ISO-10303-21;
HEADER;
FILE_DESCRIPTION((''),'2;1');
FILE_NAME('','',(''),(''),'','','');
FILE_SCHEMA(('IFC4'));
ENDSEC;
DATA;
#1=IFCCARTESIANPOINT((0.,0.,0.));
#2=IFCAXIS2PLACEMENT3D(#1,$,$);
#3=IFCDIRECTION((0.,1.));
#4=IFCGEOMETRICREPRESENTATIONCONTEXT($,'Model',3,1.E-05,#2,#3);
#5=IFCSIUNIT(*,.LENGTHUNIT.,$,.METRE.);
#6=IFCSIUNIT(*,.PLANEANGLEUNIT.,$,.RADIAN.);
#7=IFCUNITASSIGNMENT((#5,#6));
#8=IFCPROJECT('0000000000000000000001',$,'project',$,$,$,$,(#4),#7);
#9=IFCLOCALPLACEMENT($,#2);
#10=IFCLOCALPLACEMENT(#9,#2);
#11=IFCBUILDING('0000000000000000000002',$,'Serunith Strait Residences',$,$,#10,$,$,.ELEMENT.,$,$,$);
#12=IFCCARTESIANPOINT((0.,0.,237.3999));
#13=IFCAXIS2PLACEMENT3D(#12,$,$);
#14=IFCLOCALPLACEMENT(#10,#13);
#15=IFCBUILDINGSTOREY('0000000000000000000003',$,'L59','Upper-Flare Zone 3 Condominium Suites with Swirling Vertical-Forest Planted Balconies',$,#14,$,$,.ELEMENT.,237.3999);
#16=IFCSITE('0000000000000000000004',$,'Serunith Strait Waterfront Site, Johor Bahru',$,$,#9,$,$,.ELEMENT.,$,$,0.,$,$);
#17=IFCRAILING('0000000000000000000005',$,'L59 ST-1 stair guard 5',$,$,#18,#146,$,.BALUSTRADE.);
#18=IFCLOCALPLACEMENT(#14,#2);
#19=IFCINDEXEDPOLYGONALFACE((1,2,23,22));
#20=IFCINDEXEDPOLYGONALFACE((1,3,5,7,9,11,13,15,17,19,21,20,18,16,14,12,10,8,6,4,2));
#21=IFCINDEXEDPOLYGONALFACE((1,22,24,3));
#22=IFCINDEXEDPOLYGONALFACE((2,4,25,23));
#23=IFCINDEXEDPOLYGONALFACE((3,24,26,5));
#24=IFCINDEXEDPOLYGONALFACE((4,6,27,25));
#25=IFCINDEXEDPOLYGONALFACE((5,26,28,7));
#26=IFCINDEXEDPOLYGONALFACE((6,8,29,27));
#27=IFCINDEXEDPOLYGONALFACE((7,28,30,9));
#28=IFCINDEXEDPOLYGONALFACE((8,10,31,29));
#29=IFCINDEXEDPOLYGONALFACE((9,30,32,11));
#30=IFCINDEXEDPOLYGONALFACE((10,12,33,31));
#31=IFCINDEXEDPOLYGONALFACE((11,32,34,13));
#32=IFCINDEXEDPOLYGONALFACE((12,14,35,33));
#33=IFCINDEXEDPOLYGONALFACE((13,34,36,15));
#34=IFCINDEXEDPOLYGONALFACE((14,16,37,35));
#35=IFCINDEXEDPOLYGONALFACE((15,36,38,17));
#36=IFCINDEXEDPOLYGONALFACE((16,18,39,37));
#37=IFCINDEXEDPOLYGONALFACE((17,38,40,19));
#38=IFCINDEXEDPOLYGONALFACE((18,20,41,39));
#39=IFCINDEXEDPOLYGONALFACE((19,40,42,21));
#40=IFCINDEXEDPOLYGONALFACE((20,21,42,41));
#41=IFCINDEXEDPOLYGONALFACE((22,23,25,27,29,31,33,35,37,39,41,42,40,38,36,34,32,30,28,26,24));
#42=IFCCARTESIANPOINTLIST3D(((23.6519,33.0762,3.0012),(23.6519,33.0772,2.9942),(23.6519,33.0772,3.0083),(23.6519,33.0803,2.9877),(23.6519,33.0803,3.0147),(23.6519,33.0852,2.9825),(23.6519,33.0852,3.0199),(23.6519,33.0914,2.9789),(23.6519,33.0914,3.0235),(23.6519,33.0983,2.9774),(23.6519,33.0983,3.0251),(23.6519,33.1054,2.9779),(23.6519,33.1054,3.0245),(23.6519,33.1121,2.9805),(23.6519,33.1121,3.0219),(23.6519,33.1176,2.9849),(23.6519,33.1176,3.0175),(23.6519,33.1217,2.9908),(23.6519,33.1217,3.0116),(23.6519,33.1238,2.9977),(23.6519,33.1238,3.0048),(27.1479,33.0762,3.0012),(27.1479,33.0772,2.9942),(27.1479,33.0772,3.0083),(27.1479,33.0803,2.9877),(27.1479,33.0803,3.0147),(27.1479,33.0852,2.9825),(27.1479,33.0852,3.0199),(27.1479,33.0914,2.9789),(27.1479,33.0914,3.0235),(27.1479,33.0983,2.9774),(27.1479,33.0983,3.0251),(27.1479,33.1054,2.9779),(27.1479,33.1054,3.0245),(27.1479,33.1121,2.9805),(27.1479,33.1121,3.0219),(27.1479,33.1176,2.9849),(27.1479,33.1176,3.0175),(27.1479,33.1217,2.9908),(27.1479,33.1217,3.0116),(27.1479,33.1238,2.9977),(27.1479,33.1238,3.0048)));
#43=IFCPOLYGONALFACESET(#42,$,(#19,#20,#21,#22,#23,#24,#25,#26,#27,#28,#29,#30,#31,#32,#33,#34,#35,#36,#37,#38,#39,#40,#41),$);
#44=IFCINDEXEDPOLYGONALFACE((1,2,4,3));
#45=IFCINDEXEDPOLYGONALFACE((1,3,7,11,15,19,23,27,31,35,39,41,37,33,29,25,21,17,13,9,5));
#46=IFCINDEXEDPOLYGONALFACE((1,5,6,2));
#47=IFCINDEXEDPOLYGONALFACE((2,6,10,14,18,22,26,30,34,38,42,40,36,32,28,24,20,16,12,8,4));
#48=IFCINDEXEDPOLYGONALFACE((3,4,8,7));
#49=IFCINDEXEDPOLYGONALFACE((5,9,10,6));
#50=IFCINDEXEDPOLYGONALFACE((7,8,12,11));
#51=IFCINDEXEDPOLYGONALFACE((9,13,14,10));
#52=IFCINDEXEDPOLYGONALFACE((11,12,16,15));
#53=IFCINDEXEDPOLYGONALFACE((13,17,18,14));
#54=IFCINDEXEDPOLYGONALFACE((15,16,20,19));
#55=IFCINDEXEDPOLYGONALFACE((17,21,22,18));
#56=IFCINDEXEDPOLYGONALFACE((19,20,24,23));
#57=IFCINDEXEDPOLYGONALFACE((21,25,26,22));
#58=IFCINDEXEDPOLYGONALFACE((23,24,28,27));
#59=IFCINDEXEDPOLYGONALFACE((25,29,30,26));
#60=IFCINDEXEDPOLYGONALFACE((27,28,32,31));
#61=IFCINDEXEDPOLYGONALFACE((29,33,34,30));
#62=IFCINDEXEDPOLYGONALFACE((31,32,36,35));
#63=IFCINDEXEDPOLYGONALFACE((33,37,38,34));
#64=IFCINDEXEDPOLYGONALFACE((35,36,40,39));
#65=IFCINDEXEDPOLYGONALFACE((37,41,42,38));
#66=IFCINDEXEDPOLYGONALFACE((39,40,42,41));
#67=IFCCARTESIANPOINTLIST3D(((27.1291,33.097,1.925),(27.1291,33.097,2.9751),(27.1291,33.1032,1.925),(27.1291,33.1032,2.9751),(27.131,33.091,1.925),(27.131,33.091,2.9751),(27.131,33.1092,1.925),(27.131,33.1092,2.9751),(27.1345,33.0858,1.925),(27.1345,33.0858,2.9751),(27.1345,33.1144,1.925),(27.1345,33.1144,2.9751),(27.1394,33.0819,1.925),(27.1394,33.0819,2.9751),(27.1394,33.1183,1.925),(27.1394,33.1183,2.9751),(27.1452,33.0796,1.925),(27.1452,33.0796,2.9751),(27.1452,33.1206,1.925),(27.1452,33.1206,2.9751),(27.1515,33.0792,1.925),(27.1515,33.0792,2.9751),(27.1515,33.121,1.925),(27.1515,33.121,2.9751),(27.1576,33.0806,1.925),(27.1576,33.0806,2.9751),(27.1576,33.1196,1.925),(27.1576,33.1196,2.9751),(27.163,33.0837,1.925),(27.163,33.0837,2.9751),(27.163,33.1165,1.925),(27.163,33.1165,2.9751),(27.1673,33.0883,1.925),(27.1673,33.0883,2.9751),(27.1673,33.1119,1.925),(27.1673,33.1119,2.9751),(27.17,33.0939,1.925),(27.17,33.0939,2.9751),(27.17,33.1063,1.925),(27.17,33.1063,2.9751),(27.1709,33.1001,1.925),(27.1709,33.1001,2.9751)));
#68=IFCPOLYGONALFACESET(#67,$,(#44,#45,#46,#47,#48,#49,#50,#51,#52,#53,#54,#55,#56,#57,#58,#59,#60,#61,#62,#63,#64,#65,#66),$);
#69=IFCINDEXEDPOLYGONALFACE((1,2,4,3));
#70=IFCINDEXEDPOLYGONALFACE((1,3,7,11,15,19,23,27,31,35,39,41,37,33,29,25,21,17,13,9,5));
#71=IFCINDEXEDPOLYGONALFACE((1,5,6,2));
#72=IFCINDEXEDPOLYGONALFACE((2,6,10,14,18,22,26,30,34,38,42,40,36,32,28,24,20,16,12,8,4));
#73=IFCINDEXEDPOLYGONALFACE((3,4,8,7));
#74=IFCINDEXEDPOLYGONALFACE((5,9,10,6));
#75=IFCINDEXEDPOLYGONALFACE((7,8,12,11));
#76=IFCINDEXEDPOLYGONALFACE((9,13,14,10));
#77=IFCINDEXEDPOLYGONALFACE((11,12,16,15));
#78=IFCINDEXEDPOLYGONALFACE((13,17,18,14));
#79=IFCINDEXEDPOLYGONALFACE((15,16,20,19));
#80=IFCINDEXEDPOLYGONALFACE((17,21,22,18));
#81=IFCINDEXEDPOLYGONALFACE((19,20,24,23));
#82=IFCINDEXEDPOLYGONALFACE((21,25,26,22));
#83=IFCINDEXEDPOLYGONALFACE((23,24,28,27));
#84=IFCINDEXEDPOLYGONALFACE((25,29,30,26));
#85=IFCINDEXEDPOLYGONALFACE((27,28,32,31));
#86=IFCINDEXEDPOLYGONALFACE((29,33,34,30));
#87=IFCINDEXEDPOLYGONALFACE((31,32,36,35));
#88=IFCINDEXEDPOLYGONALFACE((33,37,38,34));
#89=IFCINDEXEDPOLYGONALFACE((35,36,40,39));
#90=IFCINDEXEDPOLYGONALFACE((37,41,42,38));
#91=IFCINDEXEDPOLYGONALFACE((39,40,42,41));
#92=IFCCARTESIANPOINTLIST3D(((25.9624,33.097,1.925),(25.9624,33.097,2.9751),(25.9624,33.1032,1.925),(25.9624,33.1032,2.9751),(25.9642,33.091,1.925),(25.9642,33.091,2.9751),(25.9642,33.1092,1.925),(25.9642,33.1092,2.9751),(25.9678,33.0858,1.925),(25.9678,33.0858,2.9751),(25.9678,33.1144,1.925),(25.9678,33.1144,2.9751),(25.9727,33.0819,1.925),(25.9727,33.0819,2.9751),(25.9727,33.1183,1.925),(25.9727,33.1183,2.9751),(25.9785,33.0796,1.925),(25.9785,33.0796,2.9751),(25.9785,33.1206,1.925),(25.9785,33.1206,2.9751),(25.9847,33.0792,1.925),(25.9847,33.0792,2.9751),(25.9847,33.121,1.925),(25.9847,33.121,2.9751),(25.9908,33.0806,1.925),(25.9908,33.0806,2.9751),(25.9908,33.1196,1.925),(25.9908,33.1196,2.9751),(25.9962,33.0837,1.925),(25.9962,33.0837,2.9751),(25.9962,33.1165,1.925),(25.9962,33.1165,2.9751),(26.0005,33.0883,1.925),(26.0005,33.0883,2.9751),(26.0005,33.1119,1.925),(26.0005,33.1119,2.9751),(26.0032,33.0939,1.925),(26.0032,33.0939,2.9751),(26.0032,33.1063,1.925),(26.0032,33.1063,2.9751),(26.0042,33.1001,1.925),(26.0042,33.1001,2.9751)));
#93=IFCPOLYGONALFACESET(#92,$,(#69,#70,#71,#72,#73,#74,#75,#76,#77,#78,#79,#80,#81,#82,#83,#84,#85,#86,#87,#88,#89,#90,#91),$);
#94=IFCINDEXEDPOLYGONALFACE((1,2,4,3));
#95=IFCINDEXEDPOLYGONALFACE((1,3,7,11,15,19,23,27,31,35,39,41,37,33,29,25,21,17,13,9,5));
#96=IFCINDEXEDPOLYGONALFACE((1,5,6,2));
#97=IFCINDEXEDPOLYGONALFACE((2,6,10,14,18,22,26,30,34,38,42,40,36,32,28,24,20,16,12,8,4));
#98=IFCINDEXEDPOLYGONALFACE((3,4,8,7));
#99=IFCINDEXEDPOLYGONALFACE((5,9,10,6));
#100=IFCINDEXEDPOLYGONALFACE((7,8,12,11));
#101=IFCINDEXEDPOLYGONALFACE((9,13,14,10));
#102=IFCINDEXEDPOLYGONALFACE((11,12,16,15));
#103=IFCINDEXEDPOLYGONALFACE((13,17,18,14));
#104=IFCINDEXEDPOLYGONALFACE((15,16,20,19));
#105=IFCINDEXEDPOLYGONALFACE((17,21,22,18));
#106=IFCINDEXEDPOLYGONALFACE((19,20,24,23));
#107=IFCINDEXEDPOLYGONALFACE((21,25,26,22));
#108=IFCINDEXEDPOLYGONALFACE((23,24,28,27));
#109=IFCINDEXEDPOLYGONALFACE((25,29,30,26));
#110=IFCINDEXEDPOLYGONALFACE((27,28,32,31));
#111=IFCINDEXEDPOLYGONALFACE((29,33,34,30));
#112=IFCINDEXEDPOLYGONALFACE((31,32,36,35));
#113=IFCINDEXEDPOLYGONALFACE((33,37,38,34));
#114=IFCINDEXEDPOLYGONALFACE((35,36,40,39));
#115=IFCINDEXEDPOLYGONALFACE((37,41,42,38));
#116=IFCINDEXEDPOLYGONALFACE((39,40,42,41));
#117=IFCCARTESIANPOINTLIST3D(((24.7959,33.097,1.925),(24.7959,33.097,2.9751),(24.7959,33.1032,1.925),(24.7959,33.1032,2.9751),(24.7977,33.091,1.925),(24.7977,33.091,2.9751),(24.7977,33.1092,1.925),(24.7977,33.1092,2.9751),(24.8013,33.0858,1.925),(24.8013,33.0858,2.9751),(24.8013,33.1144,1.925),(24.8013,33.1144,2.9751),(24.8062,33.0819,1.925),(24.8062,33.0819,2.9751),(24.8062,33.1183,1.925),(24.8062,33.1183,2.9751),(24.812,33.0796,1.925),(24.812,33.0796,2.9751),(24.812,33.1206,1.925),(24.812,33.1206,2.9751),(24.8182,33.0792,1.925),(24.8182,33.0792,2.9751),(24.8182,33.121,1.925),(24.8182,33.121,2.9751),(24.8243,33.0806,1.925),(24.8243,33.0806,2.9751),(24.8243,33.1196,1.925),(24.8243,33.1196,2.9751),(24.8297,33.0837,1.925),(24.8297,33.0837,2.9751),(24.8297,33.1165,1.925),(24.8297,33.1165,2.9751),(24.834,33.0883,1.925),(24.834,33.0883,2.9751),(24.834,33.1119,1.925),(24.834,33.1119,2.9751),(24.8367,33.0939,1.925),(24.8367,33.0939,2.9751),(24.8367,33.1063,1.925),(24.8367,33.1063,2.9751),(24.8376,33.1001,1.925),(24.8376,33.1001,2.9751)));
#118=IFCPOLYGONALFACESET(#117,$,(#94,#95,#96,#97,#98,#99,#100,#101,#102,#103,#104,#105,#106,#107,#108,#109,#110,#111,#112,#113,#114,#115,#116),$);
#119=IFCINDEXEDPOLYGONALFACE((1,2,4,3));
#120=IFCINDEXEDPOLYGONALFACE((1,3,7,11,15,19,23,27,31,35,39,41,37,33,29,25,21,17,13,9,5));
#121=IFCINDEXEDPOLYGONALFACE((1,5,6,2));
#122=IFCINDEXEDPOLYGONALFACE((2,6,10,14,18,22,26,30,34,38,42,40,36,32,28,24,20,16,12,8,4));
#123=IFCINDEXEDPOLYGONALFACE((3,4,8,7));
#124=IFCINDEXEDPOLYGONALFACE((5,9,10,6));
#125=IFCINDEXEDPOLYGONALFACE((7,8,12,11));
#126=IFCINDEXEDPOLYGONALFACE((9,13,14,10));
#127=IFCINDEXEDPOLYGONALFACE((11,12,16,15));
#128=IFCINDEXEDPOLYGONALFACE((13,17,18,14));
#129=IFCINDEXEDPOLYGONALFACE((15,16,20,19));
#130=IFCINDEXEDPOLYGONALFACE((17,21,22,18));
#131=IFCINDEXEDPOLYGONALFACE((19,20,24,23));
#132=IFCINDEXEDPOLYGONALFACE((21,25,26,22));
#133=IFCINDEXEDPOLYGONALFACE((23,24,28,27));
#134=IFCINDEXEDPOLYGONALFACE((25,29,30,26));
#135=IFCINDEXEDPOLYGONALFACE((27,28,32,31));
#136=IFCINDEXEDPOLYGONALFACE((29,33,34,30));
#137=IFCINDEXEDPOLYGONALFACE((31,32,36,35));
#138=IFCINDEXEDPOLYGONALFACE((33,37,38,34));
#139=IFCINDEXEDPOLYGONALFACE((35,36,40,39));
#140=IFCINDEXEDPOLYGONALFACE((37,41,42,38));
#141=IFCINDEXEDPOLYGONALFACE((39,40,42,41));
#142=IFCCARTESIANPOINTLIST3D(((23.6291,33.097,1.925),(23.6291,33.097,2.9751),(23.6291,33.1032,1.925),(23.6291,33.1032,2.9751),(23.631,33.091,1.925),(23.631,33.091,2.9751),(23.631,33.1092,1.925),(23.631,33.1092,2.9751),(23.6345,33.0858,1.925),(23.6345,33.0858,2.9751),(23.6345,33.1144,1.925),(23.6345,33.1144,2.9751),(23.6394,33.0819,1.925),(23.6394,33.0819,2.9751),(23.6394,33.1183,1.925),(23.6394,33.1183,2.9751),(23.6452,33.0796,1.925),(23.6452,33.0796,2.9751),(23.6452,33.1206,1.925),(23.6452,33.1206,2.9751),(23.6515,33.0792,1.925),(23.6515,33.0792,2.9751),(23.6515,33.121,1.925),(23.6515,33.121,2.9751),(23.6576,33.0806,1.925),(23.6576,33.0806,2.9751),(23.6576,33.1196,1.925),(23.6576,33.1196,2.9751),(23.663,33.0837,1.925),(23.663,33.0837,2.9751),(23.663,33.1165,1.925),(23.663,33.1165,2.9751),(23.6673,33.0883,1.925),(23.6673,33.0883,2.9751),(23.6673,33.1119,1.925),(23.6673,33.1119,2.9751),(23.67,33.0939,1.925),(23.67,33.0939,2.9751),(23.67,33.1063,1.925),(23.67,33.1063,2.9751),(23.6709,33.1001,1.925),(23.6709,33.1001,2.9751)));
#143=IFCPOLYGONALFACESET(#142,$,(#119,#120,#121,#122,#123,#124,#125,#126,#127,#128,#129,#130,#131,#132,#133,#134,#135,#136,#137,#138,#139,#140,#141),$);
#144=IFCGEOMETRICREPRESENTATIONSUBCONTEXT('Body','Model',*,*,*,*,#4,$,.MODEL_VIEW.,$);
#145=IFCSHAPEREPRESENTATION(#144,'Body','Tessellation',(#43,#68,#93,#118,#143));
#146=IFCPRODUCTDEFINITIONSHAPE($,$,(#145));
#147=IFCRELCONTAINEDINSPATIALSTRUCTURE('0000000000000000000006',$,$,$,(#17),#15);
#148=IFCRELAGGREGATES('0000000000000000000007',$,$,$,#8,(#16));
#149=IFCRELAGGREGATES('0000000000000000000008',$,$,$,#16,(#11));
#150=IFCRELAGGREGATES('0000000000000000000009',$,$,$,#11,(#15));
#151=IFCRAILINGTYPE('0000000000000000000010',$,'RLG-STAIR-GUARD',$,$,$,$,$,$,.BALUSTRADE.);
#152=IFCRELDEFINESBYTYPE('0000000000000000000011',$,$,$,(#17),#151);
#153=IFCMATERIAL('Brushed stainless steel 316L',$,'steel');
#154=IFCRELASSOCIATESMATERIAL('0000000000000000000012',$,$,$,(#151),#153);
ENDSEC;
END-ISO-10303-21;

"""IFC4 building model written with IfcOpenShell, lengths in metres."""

from ifc_helpers import new_model, si_unit, direction, frame, origin, origin_2d, place, context, subcontext, project, spatial, circle, extrude, material, type_object, element, save


model = new_model("IFC4")

# Units and contexts
model_context = context("Model", 3, precision=1e-05, world=origin(), true_north=direction((0.0, 1.0)))
body_context = subcontext(model_context, "Body", "Model", "MODEL_VIEW")
ifc_project = project(units=[si_unit("LENGTHUNIT", "METRE"), si_unit("PLANEANGLEUNIT", "RADIAN")], contexts=[model_context])

# Site, building, storey
site_placement = place(None, origin())
site = spatial("IfcSite", under=ifc_project, at=site_placement, Name="Serunith Strait Waterfront Site, Johor Bahru", CompositionType="ELEMENT", RefElevation=0.0)
building_placement = place(site_placement, origin())
building = spatial("IfcBuilding", under=site, at=building_placement, Name="Serunith Strait Residences", CompositionType="ELEMENT")
storey_placement = place(building_placement, frame((0.0, 0.0, 237.3999)))
storey = spatial("IfcBuildingStorey", under=building, at=storey_placement, Name="L59", Description="Upper-Flare Zone 3 Condominium Suites with Swirling Vertical-Forest Planted Balconies", CompositionType="ELEMENT", Elevation=237.3999)

# Railing
ifc_material_1 = material(Name="Brushed stainless steel 316L", Category="steel")
railing_type_1 = type_object("IfcRailingType", Name="RLG-STAIR-GUARD", PredefinedType="BALUSTRADE", material=ifc_material_1)
railing_1_placement = place(storey_placement, frame((27.1499, 33.1001, 1.925)))
element("IfcRailing", 1, at=railing_1_placement, inside=storey, type_object=railing_type_1, Name="L59 ST-1 stair guard 5", PredefinedType="BALUSTRADE", context=body_context, shape_type="SweptSolid", body=[
    extrude(circle(Radius=0.0239, at=origin_2d()), frame((-0.002, 0.0, 1.0762), z_axis=(-1.0, 0.0, 0.0), x_axis=(0.0, -1.0, 0.0)), (0.0, 0.0, 1.0), 3.4961),
    extrude(circle(Radius=0.021, at=origin_2d()), origin(), (0.0, 0.0, 1.0), 1.05),
    extrude(circle(Radius=0.021, at=origin_2d()), frame((-1.1667, 0.0, 0.0)), (0.0, 0.0, 1.0), 1.05),
    extrude(circle(Radius=0.021, at=origin_2d()), frame((-2.3333, 0.0, 0.0)), (0.0, 0.0, 1.0), 1.05),
    extrude(circle(Radius=0.021, at=origin_2d()), frame((-3.5, 0.0, 0.0)), (0.0, 0.0, 1.0), 1.05),
])

save(model, "model.ifc")
